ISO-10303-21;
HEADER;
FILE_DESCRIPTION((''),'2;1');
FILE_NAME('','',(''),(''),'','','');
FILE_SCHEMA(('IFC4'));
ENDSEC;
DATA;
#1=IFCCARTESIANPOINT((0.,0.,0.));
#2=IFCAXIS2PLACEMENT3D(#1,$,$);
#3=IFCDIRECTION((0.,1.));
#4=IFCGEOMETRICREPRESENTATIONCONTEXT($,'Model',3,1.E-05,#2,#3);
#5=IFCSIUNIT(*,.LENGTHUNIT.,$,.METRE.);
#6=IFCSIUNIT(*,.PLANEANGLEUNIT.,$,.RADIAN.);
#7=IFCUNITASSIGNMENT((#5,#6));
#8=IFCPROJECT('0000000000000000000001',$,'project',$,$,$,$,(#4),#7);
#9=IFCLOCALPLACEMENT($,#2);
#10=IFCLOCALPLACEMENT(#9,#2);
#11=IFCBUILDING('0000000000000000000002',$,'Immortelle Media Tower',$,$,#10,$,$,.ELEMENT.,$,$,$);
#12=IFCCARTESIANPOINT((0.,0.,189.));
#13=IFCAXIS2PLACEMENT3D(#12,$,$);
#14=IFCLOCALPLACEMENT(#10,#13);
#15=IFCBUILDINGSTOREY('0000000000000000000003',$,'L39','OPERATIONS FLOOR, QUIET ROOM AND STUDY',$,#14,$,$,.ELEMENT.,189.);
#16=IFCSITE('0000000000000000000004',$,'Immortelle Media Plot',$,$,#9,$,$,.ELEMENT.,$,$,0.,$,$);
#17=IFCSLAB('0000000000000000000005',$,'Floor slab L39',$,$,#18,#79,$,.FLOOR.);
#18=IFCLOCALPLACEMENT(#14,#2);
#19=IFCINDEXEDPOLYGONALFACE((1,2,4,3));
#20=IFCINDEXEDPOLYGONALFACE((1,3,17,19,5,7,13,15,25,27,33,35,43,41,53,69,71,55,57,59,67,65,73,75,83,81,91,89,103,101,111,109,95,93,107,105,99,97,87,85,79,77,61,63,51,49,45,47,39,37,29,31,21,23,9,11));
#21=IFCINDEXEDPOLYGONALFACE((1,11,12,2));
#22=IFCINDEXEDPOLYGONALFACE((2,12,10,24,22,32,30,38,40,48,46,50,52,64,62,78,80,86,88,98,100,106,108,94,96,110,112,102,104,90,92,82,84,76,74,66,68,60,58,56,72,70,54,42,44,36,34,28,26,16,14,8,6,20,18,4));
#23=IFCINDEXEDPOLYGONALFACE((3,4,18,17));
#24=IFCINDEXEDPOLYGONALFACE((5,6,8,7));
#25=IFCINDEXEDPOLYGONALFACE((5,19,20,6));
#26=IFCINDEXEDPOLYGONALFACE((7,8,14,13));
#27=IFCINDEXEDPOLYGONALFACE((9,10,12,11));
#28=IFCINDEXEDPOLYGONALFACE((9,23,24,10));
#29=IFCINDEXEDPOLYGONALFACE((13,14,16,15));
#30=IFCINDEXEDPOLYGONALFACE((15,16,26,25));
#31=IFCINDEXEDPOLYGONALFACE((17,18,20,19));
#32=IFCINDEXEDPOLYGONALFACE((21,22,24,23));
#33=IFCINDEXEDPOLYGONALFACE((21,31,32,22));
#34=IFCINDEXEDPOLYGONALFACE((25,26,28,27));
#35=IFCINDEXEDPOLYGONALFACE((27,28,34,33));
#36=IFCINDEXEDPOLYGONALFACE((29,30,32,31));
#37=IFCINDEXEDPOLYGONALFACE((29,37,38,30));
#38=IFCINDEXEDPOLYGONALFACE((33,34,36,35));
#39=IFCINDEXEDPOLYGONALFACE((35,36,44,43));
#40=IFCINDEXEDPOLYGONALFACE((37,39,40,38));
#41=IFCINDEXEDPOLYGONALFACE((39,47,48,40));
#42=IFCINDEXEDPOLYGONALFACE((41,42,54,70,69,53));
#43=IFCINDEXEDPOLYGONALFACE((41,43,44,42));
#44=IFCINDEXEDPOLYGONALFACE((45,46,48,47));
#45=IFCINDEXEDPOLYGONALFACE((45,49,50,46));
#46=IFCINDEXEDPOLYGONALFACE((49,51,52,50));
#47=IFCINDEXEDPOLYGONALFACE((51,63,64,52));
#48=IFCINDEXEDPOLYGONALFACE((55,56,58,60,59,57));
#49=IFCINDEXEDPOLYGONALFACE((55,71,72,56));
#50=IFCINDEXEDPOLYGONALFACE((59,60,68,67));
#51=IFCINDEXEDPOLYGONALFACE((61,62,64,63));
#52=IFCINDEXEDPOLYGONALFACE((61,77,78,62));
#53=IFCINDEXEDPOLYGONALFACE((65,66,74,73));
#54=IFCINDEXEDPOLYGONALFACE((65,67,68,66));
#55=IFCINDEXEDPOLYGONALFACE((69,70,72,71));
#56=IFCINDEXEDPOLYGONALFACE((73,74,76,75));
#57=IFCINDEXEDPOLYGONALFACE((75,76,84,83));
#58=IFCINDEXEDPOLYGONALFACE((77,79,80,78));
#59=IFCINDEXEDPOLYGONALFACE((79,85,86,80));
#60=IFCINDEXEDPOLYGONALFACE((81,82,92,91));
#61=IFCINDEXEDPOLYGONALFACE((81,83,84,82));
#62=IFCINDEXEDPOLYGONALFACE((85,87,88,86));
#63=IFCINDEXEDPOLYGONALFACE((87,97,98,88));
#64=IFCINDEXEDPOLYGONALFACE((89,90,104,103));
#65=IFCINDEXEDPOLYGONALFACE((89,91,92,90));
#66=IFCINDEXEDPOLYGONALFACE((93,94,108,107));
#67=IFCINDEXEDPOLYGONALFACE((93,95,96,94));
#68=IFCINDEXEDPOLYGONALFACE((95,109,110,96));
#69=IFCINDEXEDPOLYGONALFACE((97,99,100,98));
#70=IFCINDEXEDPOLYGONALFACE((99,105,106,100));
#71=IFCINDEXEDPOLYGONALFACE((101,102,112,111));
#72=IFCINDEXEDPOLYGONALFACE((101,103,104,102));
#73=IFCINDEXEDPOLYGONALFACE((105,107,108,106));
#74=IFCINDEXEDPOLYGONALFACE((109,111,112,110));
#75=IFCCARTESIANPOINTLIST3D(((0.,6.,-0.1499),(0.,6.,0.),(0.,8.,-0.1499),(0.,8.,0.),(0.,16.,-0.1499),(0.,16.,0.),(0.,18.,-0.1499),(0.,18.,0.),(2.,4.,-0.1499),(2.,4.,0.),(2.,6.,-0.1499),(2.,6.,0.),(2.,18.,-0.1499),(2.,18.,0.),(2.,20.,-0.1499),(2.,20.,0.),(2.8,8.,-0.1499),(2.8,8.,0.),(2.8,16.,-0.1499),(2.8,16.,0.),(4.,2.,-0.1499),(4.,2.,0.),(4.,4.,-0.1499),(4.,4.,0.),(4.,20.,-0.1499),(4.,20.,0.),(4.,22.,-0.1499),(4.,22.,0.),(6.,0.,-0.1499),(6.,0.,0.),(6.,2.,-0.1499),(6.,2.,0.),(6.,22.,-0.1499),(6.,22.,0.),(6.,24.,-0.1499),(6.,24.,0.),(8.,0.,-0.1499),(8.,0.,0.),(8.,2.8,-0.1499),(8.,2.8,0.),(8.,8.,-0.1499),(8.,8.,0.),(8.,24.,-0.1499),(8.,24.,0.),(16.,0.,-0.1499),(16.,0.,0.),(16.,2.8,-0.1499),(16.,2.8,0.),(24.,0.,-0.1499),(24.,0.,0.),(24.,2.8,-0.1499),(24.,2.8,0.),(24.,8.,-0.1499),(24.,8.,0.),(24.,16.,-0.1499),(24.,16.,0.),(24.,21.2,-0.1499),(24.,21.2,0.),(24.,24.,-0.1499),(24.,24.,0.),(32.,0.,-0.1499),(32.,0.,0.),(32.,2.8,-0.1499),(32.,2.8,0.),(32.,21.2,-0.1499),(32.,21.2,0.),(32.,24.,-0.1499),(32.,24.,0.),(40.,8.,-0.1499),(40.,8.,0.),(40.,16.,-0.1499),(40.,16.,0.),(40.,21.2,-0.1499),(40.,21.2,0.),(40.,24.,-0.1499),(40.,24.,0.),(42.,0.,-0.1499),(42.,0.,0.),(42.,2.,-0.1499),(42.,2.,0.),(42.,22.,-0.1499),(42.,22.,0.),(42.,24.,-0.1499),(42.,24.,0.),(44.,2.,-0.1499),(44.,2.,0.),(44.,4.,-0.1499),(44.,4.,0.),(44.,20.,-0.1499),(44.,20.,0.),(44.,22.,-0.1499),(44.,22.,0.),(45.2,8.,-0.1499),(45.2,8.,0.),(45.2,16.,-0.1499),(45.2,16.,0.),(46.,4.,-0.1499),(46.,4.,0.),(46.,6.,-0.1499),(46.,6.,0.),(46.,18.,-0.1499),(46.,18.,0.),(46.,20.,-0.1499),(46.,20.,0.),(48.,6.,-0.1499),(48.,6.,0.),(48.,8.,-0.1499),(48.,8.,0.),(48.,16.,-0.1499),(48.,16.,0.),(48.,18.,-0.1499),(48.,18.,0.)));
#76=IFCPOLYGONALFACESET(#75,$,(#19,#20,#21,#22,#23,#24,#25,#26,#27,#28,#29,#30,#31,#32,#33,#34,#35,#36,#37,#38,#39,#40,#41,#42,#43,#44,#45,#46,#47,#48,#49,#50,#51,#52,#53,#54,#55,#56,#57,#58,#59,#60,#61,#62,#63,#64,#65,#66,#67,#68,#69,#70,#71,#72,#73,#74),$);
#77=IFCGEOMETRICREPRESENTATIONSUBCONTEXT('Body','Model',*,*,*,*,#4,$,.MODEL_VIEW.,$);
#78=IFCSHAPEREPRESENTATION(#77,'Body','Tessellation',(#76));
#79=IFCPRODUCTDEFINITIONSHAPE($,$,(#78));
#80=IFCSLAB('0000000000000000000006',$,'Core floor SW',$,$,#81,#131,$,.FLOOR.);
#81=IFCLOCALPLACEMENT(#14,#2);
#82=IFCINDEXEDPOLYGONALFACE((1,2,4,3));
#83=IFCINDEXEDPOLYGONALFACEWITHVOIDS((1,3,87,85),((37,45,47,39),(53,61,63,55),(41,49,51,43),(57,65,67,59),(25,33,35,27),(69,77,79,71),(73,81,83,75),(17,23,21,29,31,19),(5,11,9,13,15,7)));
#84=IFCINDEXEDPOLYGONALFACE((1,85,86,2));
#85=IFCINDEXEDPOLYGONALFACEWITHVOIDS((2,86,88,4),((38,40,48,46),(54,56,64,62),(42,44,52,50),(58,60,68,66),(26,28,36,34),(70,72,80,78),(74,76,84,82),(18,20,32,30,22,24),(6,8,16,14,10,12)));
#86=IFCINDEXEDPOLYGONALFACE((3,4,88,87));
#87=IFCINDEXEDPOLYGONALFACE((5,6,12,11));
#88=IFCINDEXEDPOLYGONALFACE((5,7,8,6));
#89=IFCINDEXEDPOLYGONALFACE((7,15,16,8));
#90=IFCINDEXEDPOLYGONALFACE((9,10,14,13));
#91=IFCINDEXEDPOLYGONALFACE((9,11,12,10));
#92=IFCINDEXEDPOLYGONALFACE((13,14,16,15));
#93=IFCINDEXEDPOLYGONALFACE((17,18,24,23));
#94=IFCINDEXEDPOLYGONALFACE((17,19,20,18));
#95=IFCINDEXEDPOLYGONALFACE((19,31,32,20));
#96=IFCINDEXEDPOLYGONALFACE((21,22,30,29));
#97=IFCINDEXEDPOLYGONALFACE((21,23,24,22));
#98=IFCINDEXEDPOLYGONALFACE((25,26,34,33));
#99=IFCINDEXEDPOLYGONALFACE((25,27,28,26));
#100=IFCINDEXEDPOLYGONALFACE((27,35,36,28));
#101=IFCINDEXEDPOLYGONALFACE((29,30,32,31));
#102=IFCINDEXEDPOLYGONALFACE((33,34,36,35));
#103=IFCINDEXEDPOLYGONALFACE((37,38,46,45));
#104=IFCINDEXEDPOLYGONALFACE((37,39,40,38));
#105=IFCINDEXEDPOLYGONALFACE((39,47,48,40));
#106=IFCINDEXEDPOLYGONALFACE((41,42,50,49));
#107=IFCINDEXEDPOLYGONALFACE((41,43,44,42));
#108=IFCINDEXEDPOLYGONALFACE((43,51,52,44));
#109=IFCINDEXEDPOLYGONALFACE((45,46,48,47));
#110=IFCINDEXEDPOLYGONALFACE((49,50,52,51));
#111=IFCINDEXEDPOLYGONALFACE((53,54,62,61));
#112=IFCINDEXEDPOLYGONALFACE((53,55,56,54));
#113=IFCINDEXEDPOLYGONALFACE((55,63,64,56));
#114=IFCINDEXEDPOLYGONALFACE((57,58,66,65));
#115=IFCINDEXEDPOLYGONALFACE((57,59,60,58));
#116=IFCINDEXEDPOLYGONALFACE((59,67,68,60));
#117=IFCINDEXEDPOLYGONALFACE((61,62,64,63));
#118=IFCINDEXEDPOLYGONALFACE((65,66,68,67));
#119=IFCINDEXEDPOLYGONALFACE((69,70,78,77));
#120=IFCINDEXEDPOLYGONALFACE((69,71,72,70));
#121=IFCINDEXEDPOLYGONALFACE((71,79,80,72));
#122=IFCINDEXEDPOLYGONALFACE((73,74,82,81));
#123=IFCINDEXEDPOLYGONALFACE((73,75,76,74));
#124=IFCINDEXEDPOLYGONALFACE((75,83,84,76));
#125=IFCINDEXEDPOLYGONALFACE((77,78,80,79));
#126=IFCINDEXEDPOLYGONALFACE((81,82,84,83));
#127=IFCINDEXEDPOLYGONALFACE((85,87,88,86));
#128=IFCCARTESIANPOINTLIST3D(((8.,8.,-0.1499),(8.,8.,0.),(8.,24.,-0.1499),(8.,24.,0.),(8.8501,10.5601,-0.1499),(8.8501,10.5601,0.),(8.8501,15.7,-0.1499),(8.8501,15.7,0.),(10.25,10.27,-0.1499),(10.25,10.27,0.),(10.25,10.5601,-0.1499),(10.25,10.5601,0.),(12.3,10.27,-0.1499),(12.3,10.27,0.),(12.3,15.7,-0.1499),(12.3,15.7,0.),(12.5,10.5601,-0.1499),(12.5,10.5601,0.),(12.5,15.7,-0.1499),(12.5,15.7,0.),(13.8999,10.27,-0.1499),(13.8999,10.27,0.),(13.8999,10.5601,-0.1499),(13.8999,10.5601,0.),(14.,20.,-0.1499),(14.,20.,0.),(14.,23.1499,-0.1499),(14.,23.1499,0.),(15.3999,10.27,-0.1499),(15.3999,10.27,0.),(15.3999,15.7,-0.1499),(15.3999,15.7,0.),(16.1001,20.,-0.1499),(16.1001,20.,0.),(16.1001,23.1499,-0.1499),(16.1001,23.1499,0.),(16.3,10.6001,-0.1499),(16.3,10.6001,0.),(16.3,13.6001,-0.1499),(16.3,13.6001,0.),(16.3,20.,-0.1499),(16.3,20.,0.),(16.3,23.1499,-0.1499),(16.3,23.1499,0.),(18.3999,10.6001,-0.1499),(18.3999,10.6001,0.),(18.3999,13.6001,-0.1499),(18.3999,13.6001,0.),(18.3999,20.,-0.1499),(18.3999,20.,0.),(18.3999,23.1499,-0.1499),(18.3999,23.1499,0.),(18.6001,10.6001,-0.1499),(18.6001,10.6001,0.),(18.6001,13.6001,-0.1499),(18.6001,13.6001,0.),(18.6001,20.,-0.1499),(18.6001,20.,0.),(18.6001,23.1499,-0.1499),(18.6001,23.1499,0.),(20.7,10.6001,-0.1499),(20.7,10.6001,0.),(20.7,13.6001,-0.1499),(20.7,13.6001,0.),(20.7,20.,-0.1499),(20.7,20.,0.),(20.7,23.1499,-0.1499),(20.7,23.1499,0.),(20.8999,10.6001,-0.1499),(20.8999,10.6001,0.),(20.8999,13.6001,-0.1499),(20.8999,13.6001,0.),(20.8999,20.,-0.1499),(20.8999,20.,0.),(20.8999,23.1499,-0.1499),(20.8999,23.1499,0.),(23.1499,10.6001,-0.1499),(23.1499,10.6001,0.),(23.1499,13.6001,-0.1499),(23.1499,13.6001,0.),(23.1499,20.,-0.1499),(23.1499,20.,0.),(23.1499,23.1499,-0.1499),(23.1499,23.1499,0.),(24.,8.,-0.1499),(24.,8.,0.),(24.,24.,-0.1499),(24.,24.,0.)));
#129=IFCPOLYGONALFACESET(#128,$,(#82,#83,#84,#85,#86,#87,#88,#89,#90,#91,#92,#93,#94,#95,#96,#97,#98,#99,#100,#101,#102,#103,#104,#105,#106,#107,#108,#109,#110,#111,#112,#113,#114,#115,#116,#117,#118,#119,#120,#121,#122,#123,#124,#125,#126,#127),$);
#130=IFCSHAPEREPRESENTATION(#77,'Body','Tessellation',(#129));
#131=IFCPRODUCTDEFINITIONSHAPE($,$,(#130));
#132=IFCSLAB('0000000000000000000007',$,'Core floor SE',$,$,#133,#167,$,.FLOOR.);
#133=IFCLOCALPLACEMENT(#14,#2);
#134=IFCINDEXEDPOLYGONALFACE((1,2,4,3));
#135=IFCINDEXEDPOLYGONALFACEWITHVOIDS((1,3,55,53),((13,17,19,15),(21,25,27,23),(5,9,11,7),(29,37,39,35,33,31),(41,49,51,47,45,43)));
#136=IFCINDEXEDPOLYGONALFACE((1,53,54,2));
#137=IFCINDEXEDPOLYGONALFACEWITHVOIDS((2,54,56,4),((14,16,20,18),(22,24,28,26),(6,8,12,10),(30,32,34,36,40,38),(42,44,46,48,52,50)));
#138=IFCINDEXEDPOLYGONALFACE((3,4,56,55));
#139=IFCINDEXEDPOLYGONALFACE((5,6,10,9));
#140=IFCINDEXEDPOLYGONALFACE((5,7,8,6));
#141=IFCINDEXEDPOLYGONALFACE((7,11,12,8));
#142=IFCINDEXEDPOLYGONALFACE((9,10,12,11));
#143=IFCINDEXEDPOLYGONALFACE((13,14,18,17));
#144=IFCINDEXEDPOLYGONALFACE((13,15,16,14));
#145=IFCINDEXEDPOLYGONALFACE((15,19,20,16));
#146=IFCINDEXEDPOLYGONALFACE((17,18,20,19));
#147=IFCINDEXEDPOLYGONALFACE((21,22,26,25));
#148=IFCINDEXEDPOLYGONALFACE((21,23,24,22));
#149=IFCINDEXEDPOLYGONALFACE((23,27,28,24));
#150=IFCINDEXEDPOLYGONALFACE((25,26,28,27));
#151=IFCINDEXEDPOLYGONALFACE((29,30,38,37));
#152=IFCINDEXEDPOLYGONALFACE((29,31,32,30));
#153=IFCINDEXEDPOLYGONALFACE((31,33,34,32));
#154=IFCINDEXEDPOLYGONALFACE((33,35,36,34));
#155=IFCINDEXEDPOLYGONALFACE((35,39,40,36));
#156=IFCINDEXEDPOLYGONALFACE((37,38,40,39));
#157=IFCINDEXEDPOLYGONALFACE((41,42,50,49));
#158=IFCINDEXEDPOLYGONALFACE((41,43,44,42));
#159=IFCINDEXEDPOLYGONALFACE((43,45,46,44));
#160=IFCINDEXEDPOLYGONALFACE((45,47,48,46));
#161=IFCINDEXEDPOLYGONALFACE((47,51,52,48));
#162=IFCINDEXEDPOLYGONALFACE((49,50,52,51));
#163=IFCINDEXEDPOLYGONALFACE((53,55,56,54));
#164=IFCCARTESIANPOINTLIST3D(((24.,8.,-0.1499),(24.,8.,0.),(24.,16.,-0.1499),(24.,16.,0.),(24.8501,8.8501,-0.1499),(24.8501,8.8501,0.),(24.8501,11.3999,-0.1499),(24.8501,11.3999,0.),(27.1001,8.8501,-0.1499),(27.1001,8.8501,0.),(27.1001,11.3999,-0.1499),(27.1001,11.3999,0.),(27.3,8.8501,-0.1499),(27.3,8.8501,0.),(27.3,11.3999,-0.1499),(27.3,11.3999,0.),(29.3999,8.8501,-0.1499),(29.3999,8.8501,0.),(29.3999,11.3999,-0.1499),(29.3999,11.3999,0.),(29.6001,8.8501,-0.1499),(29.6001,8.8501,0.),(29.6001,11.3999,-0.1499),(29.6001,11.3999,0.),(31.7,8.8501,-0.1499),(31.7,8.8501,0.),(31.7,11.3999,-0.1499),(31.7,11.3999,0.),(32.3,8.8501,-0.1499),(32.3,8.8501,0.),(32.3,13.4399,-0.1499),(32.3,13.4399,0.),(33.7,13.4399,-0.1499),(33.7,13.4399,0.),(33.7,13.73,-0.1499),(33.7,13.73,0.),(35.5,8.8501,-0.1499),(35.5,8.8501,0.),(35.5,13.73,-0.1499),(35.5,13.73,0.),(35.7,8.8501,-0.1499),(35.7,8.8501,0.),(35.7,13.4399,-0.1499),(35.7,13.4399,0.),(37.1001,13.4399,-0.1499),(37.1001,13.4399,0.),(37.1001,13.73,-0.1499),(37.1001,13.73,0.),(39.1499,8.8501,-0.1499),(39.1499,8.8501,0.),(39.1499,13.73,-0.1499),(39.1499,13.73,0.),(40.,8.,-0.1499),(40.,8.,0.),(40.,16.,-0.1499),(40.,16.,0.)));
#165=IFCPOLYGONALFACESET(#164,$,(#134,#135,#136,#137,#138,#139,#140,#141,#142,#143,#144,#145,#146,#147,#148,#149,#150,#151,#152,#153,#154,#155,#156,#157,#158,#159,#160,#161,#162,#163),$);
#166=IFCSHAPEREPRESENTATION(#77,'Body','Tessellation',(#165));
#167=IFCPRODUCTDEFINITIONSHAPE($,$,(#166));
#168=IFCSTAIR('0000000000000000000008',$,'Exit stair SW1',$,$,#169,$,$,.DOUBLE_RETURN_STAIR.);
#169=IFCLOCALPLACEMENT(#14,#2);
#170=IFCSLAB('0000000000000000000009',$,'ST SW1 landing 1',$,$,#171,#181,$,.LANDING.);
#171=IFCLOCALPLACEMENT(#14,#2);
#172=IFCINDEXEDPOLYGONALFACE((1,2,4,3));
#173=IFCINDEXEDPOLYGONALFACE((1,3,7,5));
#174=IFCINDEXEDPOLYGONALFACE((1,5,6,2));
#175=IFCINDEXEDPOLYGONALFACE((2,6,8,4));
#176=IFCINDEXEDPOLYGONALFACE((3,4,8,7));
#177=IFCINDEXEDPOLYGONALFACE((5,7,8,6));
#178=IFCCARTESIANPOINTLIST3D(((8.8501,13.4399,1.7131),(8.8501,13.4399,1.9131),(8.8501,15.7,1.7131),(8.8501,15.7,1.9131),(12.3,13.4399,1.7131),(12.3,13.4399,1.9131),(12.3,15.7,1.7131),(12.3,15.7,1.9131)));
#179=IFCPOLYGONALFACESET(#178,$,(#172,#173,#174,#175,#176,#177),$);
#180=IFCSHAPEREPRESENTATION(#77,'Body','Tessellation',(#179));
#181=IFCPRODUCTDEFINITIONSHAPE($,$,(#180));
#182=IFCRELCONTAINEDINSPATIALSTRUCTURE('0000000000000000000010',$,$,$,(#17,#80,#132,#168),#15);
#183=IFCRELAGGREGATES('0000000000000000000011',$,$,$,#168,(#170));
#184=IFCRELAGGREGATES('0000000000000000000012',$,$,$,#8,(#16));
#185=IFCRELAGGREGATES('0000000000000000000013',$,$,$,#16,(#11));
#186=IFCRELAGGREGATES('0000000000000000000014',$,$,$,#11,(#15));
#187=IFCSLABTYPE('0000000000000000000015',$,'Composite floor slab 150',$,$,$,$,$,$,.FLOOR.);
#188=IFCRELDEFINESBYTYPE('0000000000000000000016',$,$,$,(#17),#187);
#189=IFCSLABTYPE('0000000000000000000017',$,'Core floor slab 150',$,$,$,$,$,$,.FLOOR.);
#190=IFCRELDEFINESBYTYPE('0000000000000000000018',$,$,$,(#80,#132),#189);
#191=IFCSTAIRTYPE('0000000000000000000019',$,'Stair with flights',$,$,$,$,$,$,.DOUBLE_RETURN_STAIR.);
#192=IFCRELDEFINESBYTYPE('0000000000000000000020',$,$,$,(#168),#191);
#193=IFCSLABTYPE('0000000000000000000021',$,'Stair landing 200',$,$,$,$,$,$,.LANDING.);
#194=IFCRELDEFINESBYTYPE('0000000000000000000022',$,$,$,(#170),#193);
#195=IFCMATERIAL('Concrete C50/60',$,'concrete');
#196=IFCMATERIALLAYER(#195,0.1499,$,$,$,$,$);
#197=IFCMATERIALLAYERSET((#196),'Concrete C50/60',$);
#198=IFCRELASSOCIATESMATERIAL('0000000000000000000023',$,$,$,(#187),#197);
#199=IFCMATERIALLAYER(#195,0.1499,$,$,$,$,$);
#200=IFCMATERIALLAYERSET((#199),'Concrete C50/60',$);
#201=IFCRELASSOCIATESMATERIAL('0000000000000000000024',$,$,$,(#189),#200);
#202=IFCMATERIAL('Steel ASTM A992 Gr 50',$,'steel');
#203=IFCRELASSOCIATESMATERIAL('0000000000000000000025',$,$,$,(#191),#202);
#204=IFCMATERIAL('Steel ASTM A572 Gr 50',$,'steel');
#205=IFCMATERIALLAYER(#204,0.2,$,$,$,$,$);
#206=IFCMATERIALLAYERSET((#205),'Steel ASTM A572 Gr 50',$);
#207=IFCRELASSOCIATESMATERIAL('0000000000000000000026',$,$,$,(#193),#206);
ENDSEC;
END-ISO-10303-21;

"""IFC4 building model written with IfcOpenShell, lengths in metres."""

from ifc_helpers import new_model, si_unit, direction, frame, origin, place, context, subcontext, project, spatial, polyline, outline, extrude, material, layer, layer_set, type_object, element, aggregate, save


model = new_model("IFC4")

# Units and contexts
model_context = context("Model", 3, precision=1e-05, world=origin(), true_north=direction((0.0, 1.0)))
body_context = subcontext(model_context, "Body", "Model", "MODEL_VIEW")
ifc_project = project(units=[si_unit("LENGTHUNIT", "METRE"), si_unit("PLANEANGLEUNIT", "RADIAN")], contexts=[model_context])

# Site, building, storey
site_placement = place(None, origin())
site = spatial("IfcSite", under=ifc_project, at=site_placement, Name="Immortelle Media Plot", CompositionType="ELEMENT", RefElevation=0.0)
building_placement = place(site_placement, origin())
building = spatial("IfcBuilding", under=site, at=building_placement, Name="Immortelle Media Tower", CompositionType="ELEMENT")
storey_placement = place(building_placement, frame((0.0, 0.0, 189.0)))
storey = spatial("IfcBuildingStorey", under=building, at=storey_placement, Name="L39", Description="OPERATIONS FLOOR, QUIET ROOM AND STUDY", CompositionType="ELEMENT", Elevation=189.0)

# Shared definitions
ifc_material_1 = material(Name="Steel ASTM A992 Gr 50", Category="steel")

# Slabs
ifc_material_2 = material(Name="Concrete C50/60", Category="concrete")
ifc_layer_1 = layer(ifc_material_2, 0.1499)
ifc_layer_set_1 = layer_set([ifc_layer_1], Name="Concrete C50/60")
slab_type_1 = type_object("IfcSlabType", Name="Composite floor slab 150", PredefinedType="FLOOR", material=ifc_layer_set_1)
slab_1_placement = place(storey_placement, frame((0.0, 0.0, -0.1499)))
element("IfcSlab", 1, at=slab_1_placement, inside=storey, type_object=slab_type_1, Name="Floor slab L39", PredefinedType="FLOOR", context=body_context, shape_type="SweptSolid", body=[
    extrude(outline(polyline([(6.0, 0.0), (6.0, 2.0), (4.0, 2.0), (4.0, 4.0), (2.0, 4.0), (2.0, 6.0), (0.0, 6.0), (0.0, 8.0), (2.8, 8.0), (2.8, 16.0), (0.0, 16.0), (0.0, 18.0), (2.0, 18.0), (2.0, 20.0), (4.0, 20.0), (4.0, 22.0), (6.0, 22.0), (6.0, 24.0), (8.0, 24.0), (8.0, 8.0), (24.0, 8.0), (40.0, 8.0), (40.0, 16.0), (24.0, 16.0), (24.0, 21.2), (24.0, 24.0), (32.0, 24.0), (32.0, 21.2), (40.0, 21.2), (40.0, 24.0), (42.0, 24.0), (42.0, 22.0), (44.0, 22.0), (44.0, 20.0), (46.0, 20.0), (46.0, 18.0), (48.0, 18.0), (48.0, 16.0), (45.2, 16.0), (45.2, 8.0), (48.0, 8.0), (48.0, 6.0), (46.0, 6.0), (46.0, 4.0), (44.0, 4.0), (44.0, 2.0), (42.0, 2.0), (42.0, 0.0), (32.0, 0.0), (32.0, 2.8), (24.0, 2.8), (24.0, 0.0), (16.0, 0.0), (16.0, 2.8), (8.0, 2.8), (8.0, 0.0), (6.0, 0.0)])), origin(), (0.0, 0.0, 1.0), 0.1499),
])
ifc_layer_2 = layer(ifc_material_2, 0.1499)
ifc_layer_set_2 = layer_set([ifc_layer_2], Name="Concrete C50/60")
slab_type_2 = type_object("IfcSlabType", Name="Core floor slab 150", PredefinedType="FLOOR", material=ifc_layer_set_2)
slab_2_placement = place(storey_placement, frame((0.0, 0.0, -0.1499)))
element("IfcSlab", 2, at=slab_2_placement, inside=storey, type_object=slab_type_2, Name="Core floor SW", PredefinedType="FLOOR", context=body_context, shape_type="SweptSolid", body=[
    extrude(outline(polyline([(8.0, 8.0), (24.0, 8.0), (24.0, 24.0), (8.0, 24.0), (8.0, 8.0)]), holes=[polyline([(14.0, 20.0), (16.1001, 20.0), (16.1001, 23.1499), (14.0, 23.1499), (14.0, 20.0)]), polyline([(16.3, 20.0), (18.3999, 20.0), (18.3999, 23.1499), (16.3, 23.1499), (16.3, 20.0)]), polyline([(18.6001, 20.0), (20.7, 20.0), (20.7, 23.1499), (18.6001, 23.1499), (18.6001, 20.0)]), polyline([(20.8999, 20.0), (23.1499, 20.0), (23.1499, 23.1499), (20.8999, 23.1499), (20.8999, 20.0)]), polyline([(16.3, 10.6001), (18.3999, 10.6001), (18.3999, 13.6001), (16.3, 13.6001), (16.3, 10.6001)]), polyline([(18.6001, 10.6001), (20.7, 10.6001), (20.7, 13.6001), (18.6001, 13.6001), (18.6001, 10.6001)]), polyline([(20.8999, 10.6001), (23.1499, 10.6001), (23.1499, 13.6001), (20.8999, 13.6001), (20.8999, 10.6001)]), polyline([(8.8501, 15.7), (12.3, 15.7), (12.3, 10.27), (10.25, 10.27), (10.25, 10.5601), (8.8501, 10.5601), (8.8501, 15.7)]), polyline([(12.5, 15.7), (15.3999, 15.7), (15.3999, 10.27), (13.8999, 10.27), (13.8999, 10.5601), (12.5, 10.5601), (12.5, 15.7)])]), origin(), (0.0, 0.0, 1.0), 0.1499),
])
slab_3_placement = place(storey_placement, frame((0.0, 0.0, -0.1499)))
element("IfcSlab", 3, at=slab_3_placement, inside=storey, type_object=slab_type_2, Name="Core floor SE", PredefinedType="FLOOR", context=body_context, shape_type="SweptSolid", body=[
    extrude(outline(polyline([(24.0, 8.0), (40.0, 8.0), (40.0, 16.0), (24.0, 16.0), (24.0, 8.0)]), holes=[polyline([(24.8501, 8.8501), (27.1001, 8.8501), (27.1001, 11.3999), (24.8501, 11.3999), (24.8501, 8.8501)]), polyline([(27.3, 8.8501), (29.3999, 8.8501), (29.3999, 11.3999), (27.3, 11.3999), (27.3, 8.8501)]), polyline([(29.6001, 8.8501), (31.7, 8.8501), (31.7, 11.3999), (29.6001, 11.3999), (29.6001, 8.8501)]), polyline([(35.5, 13.73), (35.5, 8.8501), (32.3, 8.8501), (32.3, 13.4399), (33.7, 13.4399), (33.7, 13.73), (35.5, 13.73)]), polyline([(39.1499, 13.73), (39.1499, 8.8501), (35.7, 8.8501), (35.7, 13.4399), (37.1001, 13.4399), (37.1001, 13.73), (39.1499, 13.73)])]), origin(), (0.0, 0.0, 1.0), 0.1499),
])

# Stair, slab
stair_type = type_object("IfcStairType", Name="Stair with flights", PredefinedType="DOUBLE_RETURN_STAIR", material=ifc_material_1)
stair_1_placement = place(storey_placement, origin())
stair_1 = element("IfcStair", 4, at=stair_1_placement, inside=storey, type_object=stair_type, Name="Exit stair SW1", PredefinedType="DOUBLE_RETURN_STAIR")
ifc_material_3 = material(Name="Steel ASTM A572 Gr 50", Category="steel")
ifc_layer_3 = layer(ifc_material_3, 0.2)
ifc_layer_set_3 = layer_set([ifc_layer_3], Name="Steel ASTM A572 Gr 50")
slab_type_3 = type_object("IfcSlabType", Name="Stair landing 200", PredefinedType="LANDING", material=ifc_layer_set_3)
slab_4_placement = place(storey_placement, frame((0.0, 0.0, 1.7131)))
slab_4 = element("IfcSlab", 5, at=slab_4_placement, type_object=slab_type_3, Name="ST SW1 landing 1", PredefinedType="LANDING", context=body_context, shape_type="SweptSolid", body=[
    extrude(outline(polyline([(8.8501, 13.4399), (12.3, 13.4399), (12.3, 15.7), (8.8501, 15.7), (8.8501, 13.4399)])), origin(), (0.0, 0.0, 1.0), 0.2),
])
aggregate(stair_1, [slab_4])

save(model, "model.ifc")
